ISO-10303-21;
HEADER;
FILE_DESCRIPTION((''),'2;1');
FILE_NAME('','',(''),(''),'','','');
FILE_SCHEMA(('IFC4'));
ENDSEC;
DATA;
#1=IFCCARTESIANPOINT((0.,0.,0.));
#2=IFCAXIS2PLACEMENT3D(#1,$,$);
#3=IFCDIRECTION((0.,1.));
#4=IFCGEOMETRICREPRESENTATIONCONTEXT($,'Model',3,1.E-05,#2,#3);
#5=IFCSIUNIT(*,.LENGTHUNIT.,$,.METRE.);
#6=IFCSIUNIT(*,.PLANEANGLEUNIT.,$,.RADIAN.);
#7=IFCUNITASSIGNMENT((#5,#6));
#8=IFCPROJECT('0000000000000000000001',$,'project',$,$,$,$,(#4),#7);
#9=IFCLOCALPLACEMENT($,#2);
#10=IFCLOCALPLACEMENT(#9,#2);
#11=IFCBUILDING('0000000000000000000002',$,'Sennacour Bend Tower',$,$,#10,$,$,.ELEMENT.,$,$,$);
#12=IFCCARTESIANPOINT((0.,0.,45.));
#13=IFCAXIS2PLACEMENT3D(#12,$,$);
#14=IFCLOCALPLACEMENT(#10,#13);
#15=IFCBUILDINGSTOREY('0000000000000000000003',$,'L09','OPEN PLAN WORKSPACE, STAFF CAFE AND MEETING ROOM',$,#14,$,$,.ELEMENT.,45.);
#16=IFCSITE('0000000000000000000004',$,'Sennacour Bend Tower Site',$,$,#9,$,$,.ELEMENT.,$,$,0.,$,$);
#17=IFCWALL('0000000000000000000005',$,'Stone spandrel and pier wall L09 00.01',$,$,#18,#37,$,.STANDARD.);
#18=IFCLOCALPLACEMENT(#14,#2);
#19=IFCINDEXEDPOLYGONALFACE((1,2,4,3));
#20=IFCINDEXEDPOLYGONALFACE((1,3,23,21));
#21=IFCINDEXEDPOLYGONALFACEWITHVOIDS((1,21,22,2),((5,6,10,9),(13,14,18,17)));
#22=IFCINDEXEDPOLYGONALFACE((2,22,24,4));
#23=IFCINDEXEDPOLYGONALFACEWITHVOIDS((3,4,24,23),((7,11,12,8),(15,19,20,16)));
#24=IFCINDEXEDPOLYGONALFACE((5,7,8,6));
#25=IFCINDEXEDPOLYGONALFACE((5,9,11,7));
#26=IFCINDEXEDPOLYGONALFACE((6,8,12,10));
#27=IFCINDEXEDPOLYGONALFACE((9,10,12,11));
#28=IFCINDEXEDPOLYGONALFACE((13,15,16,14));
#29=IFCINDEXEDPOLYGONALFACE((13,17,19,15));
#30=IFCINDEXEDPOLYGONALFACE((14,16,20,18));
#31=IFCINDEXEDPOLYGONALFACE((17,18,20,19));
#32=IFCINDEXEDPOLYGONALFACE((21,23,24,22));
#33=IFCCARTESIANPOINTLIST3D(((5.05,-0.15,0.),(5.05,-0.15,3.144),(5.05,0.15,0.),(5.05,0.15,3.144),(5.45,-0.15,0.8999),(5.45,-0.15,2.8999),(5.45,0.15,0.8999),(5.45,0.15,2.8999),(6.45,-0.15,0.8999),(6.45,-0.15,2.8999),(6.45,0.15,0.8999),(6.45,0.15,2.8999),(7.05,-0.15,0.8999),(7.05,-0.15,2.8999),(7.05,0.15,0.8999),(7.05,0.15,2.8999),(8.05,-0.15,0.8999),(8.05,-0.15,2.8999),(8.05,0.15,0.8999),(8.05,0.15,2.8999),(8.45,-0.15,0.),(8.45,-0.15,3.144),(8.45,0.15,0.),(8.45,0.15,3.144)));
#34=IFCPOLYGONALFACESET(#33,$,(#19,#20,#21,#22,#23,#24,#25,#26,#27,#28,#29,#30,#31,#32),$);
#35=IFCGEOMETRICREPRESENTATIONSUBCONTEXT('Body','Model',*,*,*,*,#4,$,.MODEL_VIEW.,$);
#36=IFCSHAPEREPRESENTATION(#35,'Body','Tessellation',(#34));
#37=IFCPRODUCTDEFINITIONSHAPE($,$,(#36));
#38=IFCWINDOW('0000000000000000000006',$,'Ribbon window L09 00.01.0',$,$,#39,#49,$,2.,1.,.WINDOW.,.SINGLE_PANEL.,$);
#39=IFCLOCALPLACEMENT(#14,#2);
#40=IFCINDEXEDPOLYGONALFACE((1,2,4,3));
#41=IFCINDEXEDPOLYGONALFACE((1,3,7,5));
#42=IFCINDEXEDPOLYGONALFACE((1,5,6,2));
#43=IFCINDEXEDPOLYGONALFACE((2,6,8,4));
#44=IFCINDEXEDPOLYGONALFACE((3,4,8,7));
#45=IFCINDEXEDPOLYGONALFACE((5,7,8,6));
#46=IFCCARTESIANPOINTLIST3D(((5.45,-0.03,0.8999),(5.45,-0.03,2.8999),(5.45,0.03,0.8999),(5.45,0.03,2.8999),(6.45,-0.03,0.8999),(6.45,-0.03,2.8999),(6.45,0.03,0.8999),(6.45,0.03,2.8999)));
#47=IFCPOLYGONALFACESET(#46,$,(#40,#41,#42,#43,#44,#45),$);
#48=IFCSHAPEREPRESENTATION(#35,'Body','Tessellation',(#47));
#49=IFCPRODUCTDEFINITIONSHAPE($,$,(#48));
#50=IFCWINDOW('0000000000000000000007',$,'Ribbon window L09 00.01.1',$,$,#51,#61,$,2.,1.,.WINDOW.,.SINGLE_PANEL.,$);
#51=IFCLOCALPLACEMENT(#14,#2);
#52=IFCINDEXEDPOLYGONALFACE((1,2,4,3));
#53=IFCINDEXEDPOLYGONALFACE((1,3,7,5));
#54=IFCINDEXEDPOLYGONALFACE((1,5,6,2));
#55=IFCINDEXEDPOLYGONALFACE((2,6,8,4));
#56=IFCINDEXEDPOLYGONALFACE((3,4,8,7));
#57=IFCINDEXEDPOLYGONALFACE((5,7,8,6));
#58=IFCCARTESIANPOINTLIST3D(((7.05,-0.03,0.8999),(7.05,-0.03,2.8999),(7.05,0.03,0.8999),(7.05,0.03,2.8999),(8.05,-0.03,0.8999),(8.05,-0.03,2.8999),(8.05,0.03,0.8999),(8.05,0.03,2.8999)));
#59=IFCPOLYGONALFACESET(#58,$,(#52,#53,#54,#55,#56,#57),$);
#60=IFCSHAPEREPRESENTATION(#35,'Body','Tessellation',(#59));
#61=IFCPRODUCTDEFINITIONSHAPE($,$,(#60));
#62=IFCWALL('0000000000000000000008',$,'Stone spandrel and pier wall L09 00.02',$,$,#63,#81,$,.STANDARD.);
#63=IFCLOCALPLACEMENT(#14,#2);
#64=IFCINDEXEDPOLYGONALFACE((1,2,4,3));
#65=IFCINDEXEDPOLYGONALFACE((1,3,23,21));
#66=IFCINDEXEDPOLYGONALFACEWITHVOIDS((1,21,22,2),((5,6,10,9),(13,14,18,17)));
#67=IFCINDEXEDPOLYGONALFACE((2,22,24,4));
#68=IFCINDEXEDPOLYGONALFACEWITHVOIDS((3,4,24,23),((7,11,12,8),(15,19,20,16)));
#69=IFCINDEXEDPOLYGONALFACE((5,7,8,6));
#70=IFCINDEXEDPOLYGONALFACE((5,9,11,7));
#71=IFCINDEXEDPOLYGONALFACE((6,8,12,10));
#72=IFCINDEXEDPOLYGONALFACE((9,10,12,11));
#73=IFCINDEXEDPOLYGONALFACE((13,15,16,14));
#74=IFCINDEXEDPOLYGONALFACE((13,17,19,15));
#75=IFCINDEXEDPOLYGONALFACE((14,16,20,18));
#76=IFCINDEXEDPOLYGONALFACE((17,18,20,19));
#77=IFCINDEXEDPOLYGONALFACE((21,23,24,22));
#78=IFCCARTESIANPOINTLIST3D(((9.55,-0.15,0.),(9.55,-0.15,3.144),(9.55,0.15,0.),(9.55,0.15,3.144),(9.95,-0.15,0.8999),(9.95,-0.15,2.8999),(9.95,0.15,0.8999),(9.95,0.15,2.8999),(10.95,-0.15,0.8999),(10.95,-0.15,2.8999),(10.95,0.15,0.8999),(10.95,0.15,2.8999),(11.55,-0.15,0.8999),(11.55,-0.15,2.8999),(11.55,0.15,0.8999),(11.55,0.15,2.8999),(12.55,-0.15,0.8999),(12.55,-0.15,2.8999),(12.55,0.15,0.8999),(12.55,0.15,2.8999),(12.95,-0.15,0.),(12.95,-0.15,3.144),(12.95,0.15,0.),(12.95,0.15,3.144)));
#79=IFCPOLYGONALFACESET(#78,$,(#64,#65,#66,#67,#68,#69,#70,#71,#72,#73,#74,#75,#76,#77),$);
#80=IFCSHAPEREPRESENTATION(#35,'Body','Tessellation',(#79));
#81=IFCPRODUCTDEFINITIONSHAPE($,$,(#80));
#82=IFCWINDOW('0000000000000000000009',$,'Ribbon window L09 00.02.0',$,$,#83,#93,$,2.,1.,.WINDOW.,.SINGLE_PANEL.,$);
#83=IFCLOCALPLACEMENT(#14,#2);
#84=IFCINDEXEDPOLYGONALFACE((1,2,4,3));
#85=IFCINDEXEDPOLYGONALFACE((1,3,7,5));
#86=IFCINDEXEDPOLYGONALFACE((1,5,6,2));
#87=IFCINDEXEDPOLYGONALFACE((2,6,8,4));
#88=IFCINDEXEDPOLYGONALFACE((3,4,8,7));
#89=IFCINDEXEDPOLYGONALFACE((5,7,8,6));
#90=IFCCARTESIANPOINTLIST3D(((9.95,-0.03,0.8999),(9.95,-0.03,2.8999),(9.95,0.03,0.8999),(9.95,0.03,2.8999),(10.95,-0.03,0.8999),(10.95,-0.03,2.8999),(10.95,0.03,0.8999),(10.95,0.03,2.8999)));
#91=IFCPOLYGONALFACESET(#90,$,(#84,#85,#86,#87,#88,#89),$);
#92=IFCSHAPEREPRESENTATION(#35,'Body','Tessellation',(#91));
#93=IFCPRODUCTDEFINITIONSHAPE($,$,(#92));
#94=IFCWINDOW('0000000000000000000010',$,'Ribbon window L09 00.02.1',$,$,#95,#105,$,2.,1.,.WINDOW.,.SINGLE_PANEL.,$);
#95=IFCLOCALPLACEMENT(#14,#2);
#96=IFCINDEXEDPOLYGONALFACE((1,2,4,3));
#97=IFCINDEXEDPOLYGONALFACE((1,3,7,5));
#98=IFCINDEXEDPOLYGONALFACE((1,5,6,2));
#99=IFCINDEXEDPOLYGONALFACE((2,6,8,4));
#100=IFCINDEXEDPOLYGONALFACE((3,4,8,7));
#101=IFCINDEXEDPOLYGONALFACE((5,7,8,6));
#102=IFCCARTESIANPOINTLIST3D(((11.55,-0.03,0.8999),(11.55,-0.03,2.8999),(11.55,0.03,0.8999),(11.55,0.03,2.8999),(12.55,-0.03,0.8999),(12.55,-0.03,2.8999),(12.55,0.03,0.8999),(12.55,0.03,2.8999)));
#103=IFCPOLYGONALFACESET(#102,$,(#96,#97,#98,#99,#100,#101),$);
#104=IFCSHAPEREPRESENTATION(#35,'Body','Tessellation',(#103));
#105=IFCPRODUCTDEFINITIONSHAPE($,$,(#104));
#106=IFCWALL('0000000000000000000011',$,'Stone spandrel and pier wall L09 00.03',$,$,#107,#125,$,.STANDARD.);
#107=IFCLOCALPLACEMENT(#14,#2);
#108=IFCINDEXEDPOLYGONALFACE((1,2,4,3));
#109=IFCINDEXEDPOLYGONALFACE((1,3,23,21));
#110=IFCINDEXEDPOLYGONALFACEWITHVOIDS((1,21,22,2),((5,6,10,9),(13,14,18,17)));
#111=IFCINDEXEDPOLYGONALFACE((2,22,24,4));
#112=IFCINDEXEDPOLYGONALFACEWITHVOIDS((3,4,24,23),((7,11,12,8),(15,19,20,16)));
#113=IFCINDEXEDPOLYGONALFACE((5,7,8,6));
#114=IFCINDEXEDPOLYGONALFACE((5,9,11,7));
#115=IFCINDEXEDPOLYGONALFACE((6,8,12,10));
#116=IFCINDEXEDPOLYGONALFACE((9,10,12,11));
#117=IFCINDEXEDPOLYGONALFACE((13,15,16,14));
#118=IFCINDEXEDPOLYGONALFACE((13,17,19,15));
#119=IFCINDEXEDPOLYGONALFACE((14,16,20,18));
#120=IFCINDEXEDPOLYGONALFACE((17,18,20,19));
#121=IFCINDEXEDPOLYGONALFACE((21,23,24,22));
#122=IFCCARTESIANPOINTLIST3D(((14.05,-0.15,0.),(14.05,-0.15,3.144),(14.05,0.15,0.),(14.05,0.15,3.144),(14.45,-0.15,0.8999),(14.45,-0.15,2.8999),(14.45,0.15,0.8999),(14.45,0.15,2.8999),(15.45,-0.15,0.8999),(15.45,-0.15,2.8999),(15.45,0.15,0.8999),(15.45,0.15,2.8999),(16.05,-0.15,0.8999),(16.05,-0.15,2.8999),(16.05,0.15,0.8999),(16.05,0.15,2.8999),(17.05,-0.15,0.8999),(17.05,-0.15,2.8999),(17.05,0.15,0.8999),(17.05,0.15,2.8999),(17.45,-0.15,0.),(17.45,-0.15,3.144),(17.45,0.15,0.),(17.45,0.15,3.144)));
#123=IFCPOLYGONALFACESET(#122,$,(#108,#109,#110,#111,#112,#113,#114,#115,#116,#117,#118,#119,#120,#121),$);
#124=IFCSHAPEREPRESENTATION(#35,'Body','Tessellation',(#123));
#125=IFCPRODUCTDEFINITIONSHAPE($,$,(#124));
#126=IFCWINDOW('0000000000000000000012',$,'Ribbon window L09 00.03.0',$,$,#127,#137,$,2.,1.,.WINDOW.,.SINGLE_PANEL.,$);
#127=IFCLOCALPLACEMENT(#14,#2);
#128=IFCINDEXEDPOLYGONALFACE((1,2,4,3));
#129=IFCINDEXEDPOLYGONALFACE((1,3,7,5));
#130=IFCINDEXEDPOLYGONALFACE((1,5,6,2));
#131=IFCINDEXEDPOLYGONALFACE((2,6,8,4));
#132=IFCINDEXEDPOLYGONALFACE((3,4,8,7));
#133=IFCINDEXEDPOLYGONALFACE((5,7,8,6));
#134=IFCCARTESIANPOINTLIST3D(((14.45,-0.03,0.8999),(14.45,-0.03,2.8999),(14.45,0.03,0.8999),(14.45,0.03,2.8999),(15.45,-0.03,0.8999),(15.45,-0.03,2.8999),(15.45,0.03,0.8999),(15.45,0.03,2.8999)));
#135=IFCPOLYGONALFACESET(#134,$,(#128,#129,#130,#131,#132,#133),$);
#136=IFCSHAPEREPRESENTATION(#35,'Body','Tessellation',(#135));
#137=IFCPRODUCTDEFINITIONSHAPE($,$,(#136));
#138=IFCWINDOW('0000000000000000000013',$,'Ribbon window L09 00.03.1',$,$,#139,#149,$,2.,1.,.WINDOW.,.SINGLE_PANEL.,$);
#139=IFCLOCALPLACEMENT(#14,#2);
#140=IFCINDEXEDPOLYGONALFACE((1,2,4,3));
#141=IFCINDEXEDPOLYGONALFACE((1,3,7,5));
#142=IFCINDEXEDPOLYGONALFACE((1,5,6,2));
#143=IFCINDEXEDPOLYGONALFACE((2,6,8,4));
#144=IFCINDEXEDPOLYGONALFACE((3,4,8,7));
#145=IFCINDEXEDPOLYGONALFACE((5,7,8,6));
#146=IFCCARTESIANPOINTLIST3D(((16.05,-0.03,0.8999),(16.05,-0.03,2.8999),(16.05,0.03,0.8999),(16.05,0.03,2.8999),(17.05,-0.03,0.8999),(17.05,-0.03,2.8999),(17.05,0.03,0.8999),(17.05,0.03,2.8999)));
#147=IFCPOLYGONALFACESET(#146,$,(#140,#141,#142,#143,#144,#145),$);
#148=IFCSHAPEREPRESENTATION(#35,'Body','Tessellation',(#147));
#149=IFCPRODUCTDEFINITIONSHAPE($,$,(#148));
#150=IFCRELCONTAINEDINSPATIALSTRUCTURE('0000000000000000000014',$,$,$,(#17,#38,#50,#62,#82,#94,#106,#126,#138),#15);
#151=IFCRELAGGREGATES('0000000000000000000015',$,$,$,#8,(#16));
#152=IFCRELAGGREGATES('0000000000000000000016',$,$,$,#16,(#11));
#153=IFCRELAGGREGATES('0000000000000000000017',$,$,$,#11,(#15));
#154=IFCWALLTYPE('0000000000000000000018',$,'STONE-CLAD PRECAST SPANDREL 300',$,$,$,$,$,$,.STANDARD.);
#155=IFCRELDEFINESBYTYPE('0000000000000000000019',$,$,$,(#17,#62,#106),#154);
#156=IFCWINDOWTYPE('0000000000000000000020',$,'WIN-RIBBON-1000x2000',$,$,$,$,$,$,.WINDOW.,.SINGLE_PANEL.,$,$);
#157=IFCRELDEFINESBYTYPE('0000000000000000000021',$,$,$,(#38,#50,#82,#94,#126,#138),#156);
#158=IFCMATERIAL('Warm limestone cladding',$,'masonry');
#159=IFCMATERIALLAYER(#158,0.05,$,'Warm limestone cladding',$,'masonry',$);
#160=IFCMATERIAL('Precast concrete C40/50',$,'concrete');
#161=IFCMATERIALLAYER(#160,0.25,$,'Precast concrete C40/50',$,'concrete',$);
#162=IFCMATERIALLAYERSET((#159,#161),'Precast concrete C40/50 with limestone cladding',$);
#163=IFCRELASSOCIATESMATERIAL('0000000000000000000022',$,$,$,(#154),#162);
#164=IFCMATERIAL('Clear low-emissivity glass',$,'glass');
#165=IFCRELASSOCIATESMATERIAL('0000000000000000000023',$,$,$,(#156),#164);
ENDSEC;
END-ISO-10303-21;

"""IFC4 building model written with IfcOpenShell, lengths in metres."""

from ifc_helpers import new_model, si_unit, direction, frame, frame_2d, origin, place, context, subcontext, project, spatial, rectangle, extrude, material, layer, layer_set, type_object, element, fill, save


model = new_model("IFC4")

# Units and contexts
model_context = context("Model", 3, precision=1e-05, world=origin(), true_north=direction((0.0, 1.0)))
body_context = subcontext(model_context, "Body", "Model", "MODEL_VIEW")
ifc_project = project(units=[si_unit("LENGTHUNIT", "METRE"), si_unit("PLANEANGLEUNIT", "RADIAN")], contexts=[model_context])

# Site, building, storey
site_placement = place(None, origin())
site = spatial("IfcSite", under=ifc_project, at=site_placement, Name="Sennacour Bend Tower Site", CompositionType="ELEMENT", RefElevation=0.0)
building_placement = place(site_placement, origin())
building = spatial("IfcBuilding", under=site, at=building_placement, Name="Sennacour Bend Tower", CompositionType="ELEMENT")
storey_placement = place(building_placement, frame((0.0, 0.0, 45.0)))
storey = spatial("IfcBuildingStorey", under=building, at=storey_placement, Name="L09", Description="OPEN PLAN WORKSPACE, STAFF CAFE AND MEETING ROOM", CompositionType="ELEMENT", Elevation=45.0)

# Walls, openings, windows
ifc_material_1 = material(Name="Warm limestone cladding", Category="masonry")
ifc_layer_1 = layer(ifc_material_1, 0.05, Name="Warm limestone cladding", Category="masonry")
ifc_material_2 = material(Name="Precast concrete C40/50", Category="concrete")
ifc_layer_2 = layer(ifc_material_2, 0.25, Name="Precast concrete C40/50", Category="concrete")
ifc_layer_set_1 = layer_set([ifc_layer_1, ifc_layer_2], Name="Precast concrete C40/50 with limestone cladding")
wall_type_1 = type_object("IfcWallType", Name="STONE-CLAD PRECAST SPANDREL 300", PredefinedType="STANDARD", material=ifc_layer_set_1)
wall_1_placement = place(storey_placement, frame((5.05, 0.0, 0.0), z_axis=(0.0, 0.0, 1.0), x_axis=(1.0, 0.0, 0.0)))
wall_1 = element("IfcWall", 1, at=wall_1_placement, inside=storey, type_object=wall_type_1, Name="Stone spandrel and pier wall L09 00.01", PredefinedType="STANDARD", context=body_context, shape_type="SweptSolid", body=[
    extrude(rectangle(XDim=3.3999, YDim=0.3, at=frame_2d((1.7, 0.0))), origin(), (0.0, 0.0, 1.0), 3.144),
])
opening_1_placement = place(wall_1_placement, frame((0.3999, 0.0, 0.8999)))
opening_1 = element("IfcOpeningElement", 2, at=opening_1_placement, cuts=wall_1, PredefinedType="OPENING", context=body_context, shape_type="SweptSolid", body=[
    extrude(rectangle(XDim=1.0, YDim=2.0, at=frame_2d((0.5, 1.0))), frame((0.0, 0.1602, 0.0), z_axis=(0.0, -1.0, 0.0), x_axis=(1.0, 0.0, 0.0)), (0.0, 0.0, 1.0), 0.3201),
])
opening_2_placement = place(wall_1_placement, frame((2.0, 0.0, 0.8999)))
opening_2 = element("IfcOpeningElement", 3, at=opening_2_placement, cuts=wall_1, PredefinedType="OPENING", context=body_context, shape_type="SweptSolid", body=[
    extrude(rectangle(XDim=1.0, YDim=2.0, at=frame_2d((0.5, 1.0))), frame((0.0, 0.1602, 0.0), z_axis=(0.0, -1.0, 0.0), x_axis=(1.0, 0.0, 0.0)), (0.0, 0.0, 1.0), 0.3201),
])
ifc_material_3 = material(Name="Clear low-emissivity glass", Category="glass")
window_type = type_object("IfcWindowType", Name="WIN-RIBBON-1000x2000", PartitioningType="SINGLE_PANEL", PredefinedType="WINDOW", material=ifc_material_3)
window_1_placement = place(opening_1_placement, origin())
window_1 = element("IfcWindow", 4, at=window_1_placement, inside=storey, type_object=window_type, Name="Ribbon window L09 00.01.0", OverallHeight=2.0, OverallWidth=1.0, PartitioningType="SINGLE_PANEL", PredefinedType="WINDOW", context=body_context, shape_type="SweptSolid", body=[
    extrude(rectangle(XDim=1.0, YDim=2.0, at=frame_2d((0.5, 1.0))), frame((0.0, 0.03, 0.0), z_axis=(0.0, -1.0, 0.0), x_axis=(1.0, 0.0, 0.0)), (0.0, 0.0, 1.0), 0.0601),
])
fill(opening_1, window_1)
window_2_placement = place(opening_2_placement, origin())
window_2 = element("IfcWindow", 5, at=window_2_placement, inside=storey, type_object=window_type, Name="Ribbon window L09 00.01.1", OverallHeight=2.0, OverallWidth=1.0, PartitioningType="SINGLE_PANEL", PredefinedType="WINDOW", context=body_context, shape_type="SweptSolid", body=[
    extrude(rectangle(XDim=1.0, YDim=2.0, at=frame_2d((0.5, 1.0))), frame((0.0, 0.03, 0.0), z_axis=(0.0, -1.0, 0.0), x_axis=(1.0, 0.0, 0.0)), (0.0, 0.0, 1.0), 0.0601),
])
fill(opening_2, window_2)
wall_2_placement = place(storey_placement, frame((9.55, 0.0, 0.0), z_axis=(0.0, 0.0, 1.0), x_axis=(1.0, 0.0, 0.0)))
wall_2 = element("IfcWall", 6, at=wall_2_placement, inside=storey, type_object=wall_type_1, Name="Stone spandrel and pier wall L09 00.02", PredefinedType="STANDARD", context=body_context, shape_type="SweptSolid", body=[
    extrude(rectangle(XDim=3.3999, YDim=0.3, at=frame_2d((1.7, 0.0))), origin(), (0.0, 0.0, 1.0), 3.144),
])
opening_3_placement = place(wall_2_placement, frame((0.3999, 0.0, 0.8999)))
opening_3 = element("IfcOpeningElement", 7, at=opening_3_placement, cuts=wall_2, PredefinedType="OPENING", context=body_context, shape_type="SweptSolid", body=[
    extrude(rectangle(XDim=1.0, YDim=2.0, at=frame_2d((0.5, 1.0))), frame((0.0, 0.1602, 0.0), z_axis=(0.0, -1.0, 0.0), x_axis=(1.0, 0.0, 0.0)), (0.0, 0.0, 1.0), 0.3201),
])
opening_4_placement = place(wall_2_placement, frame((2.0, 0.0, 0.8999)))
opening_4 = element("IfcOpeningElement", 8, at=opening_4_placement, cuts=wall_2, PredefinedType="OPENING", context=body_context, shape_type="SweptSolid", body=[
    extrude(rectangle(XDim=1.0, YDim=2.0, at=frame_2d((0.5, 1.0))), frame((0.0, 0.1602, 0.0), z_axis=(0.0, -1.0, 0.0), x_axis=(1.0, 0.0, 0.0)), (0.0, 0.0, 1.0), 0.3201),
])
window_3_placement = place(opening_3_placement, origin())
window_3 = element("IfcWindow", 9, at=window_3_placement, inside=storey, type_object=window_type, Name="Ribbon window L09 00.02.0", OverallHeight=2.0, OverallWidth=1.0, PartitioningType="SINGLE_PANEL", PredefinedType="WINDOW", context=body_context, shape_type="SweptSolid", body=[
    extrude(rectangle(XDim=1.0, YDim=2.0, at=frame_2d((0.5, 1.0))), frame((0.0, 0.03, 0.0), z_axis=(0.0, -1.0, 0.0), x_axis=(1.0, 0.0, 0.0)), (0.0, 0.0, 1.0), 0.0601),
])
fill(opening_3, window_3)
window_4_placement = place(opening_4_placement, origin())
window_4 = element("IfcWindow", 10, at=window_4_placement, inside=storey, type_object=window_type, Name="Ribbon window L09 00.02.1", OverallHeight=2.0, OverallWidth=1.0, PartitioningType="SINGLE_PANEL", PredefinedType="WINDOW", context=body_context, shape_type="SweptSolid", body=[
    extrude(rectangle(XDim=1.0, YDim=2.0, at=frame_2d((0.5, 1.0))), frame((0.0, 0.03, 0.0), z_axis=(0.0, -1.0, 0.0), x_axis=(1.0, 0.0, 0.0)), (0.0, 0.0, 1.0), 0.0601),
])
fill(opening_4, window_4)
wall_3_placement = place(storey_placement, frame((14.05, 0.0, 0.0), z_axis=(0.0, 0.0, 1.0), x_axis=(1.0, 0.0, 0.0)))
wall_3 = element("IfcWall", 11, at=wall_3_placement, inside=storey, type_object=wall_type_1, Name="Stone spandrel and pier wall L09 00.03", PredefinedType="STANDARD", context=body_context, shape_type="SweptSolid", body=[
    extrude(rectangle(XDim=3.3999, YDim=0.3, at=frame_2d((1.7, 0.0))), origin(), (0.0, 0.0, 1.0), 3.144),
])
opening_5_placement = place(wall_3_placement, frame((0.3999, 0.0, 0.8999)))
opening_5 = element("IfcOpeningElement", 12, at=opening_5_placement, cuts=wall_3, PredefinedType="OPENING", context=body_context, shape_type="SweptSolid", body=[
    extrude(rectangle(XDim=1.0, YDim=2.0, at=frame_2d((0.5, 1.0))), frame((0.0, 0.1602, 0.0), z_axis=(0.0, -1.0, 0.0), x_axis=(1.0, 0.0, 0.0)), (0.0, 0.0, 1.0), 0.3201),
])
opening_6_placement = place(wall_3_placement, frame((2.0, 0.0, 0.8999)))
opening_6 = element("IfcOpeningElement", 13, at=opening_6_placement, cuts=wall_3, PredefinedType="OPENING", context=body_context, shape_type="SweptSolid", body=[
    extrude(rectangle(XDim=1.0, YDim=2.0, at=frame_2d((0.5, 1.0))), frame((0.0, 0.1602, 0.0), z_axis=(0.0, -1.0, 0.0), x_axis=(1.0, 0.0, 0.0)), (0.0, 0.0, 1.0), 0.3201),
])
window_5_placement = place(opening_5_placement, origin())
window_5 = element("IfcWindow", 14, at=window_5_placement, inside=storey, type_object=window_type, Name="Ribbon window L09 00.03.0", OverallHeight=2.0, OverallWidth=1.0, PartitioningType="SINGLE_PANEL", PredefinedType="WINDOW", context=body_context, shape_type="SweptSolid", body=[
    extrude(rectangle(XDim=1.0, YDim=2.0, at=frame_2d((0.5, 1.0))), frame((0.0, 0.03, 0.0), z_axis=(0.0, -1.0, 0.0), x_axis=(1.0, 0.0, 0.0)), (0.0, 0.0, 1.0), 0.0601),
])
fill(opening_5, window_5)
window_6_placement = place(opening_6_placement, origin())
window_6 = element("IfcWindow", 15, at=window_6_placement, inside=storey, type_object=window_type, Name="Ribbon window L09 00.03.1", OverallHeight=2.0, OverallWidth=1.0, PartitioningType="SINGLE_PANEL", PredefinedType="WINDOW", context=body_context, shape_type="SweptSolid", body=[
    extrude(rectangle(XDim=1.0, YDim=2.0, at=frame_2d((0.5, 1.0))), frame((0.0, 0.03, 0.0), z_axis=(0.0, -1.0, 0.0), x_axis=(1.0, 0.0, 0.0)), (0.0, 0.0, 1.0), 0.0601),
])
fill(opening_6, window_6)

save(model, "model.ifc")
